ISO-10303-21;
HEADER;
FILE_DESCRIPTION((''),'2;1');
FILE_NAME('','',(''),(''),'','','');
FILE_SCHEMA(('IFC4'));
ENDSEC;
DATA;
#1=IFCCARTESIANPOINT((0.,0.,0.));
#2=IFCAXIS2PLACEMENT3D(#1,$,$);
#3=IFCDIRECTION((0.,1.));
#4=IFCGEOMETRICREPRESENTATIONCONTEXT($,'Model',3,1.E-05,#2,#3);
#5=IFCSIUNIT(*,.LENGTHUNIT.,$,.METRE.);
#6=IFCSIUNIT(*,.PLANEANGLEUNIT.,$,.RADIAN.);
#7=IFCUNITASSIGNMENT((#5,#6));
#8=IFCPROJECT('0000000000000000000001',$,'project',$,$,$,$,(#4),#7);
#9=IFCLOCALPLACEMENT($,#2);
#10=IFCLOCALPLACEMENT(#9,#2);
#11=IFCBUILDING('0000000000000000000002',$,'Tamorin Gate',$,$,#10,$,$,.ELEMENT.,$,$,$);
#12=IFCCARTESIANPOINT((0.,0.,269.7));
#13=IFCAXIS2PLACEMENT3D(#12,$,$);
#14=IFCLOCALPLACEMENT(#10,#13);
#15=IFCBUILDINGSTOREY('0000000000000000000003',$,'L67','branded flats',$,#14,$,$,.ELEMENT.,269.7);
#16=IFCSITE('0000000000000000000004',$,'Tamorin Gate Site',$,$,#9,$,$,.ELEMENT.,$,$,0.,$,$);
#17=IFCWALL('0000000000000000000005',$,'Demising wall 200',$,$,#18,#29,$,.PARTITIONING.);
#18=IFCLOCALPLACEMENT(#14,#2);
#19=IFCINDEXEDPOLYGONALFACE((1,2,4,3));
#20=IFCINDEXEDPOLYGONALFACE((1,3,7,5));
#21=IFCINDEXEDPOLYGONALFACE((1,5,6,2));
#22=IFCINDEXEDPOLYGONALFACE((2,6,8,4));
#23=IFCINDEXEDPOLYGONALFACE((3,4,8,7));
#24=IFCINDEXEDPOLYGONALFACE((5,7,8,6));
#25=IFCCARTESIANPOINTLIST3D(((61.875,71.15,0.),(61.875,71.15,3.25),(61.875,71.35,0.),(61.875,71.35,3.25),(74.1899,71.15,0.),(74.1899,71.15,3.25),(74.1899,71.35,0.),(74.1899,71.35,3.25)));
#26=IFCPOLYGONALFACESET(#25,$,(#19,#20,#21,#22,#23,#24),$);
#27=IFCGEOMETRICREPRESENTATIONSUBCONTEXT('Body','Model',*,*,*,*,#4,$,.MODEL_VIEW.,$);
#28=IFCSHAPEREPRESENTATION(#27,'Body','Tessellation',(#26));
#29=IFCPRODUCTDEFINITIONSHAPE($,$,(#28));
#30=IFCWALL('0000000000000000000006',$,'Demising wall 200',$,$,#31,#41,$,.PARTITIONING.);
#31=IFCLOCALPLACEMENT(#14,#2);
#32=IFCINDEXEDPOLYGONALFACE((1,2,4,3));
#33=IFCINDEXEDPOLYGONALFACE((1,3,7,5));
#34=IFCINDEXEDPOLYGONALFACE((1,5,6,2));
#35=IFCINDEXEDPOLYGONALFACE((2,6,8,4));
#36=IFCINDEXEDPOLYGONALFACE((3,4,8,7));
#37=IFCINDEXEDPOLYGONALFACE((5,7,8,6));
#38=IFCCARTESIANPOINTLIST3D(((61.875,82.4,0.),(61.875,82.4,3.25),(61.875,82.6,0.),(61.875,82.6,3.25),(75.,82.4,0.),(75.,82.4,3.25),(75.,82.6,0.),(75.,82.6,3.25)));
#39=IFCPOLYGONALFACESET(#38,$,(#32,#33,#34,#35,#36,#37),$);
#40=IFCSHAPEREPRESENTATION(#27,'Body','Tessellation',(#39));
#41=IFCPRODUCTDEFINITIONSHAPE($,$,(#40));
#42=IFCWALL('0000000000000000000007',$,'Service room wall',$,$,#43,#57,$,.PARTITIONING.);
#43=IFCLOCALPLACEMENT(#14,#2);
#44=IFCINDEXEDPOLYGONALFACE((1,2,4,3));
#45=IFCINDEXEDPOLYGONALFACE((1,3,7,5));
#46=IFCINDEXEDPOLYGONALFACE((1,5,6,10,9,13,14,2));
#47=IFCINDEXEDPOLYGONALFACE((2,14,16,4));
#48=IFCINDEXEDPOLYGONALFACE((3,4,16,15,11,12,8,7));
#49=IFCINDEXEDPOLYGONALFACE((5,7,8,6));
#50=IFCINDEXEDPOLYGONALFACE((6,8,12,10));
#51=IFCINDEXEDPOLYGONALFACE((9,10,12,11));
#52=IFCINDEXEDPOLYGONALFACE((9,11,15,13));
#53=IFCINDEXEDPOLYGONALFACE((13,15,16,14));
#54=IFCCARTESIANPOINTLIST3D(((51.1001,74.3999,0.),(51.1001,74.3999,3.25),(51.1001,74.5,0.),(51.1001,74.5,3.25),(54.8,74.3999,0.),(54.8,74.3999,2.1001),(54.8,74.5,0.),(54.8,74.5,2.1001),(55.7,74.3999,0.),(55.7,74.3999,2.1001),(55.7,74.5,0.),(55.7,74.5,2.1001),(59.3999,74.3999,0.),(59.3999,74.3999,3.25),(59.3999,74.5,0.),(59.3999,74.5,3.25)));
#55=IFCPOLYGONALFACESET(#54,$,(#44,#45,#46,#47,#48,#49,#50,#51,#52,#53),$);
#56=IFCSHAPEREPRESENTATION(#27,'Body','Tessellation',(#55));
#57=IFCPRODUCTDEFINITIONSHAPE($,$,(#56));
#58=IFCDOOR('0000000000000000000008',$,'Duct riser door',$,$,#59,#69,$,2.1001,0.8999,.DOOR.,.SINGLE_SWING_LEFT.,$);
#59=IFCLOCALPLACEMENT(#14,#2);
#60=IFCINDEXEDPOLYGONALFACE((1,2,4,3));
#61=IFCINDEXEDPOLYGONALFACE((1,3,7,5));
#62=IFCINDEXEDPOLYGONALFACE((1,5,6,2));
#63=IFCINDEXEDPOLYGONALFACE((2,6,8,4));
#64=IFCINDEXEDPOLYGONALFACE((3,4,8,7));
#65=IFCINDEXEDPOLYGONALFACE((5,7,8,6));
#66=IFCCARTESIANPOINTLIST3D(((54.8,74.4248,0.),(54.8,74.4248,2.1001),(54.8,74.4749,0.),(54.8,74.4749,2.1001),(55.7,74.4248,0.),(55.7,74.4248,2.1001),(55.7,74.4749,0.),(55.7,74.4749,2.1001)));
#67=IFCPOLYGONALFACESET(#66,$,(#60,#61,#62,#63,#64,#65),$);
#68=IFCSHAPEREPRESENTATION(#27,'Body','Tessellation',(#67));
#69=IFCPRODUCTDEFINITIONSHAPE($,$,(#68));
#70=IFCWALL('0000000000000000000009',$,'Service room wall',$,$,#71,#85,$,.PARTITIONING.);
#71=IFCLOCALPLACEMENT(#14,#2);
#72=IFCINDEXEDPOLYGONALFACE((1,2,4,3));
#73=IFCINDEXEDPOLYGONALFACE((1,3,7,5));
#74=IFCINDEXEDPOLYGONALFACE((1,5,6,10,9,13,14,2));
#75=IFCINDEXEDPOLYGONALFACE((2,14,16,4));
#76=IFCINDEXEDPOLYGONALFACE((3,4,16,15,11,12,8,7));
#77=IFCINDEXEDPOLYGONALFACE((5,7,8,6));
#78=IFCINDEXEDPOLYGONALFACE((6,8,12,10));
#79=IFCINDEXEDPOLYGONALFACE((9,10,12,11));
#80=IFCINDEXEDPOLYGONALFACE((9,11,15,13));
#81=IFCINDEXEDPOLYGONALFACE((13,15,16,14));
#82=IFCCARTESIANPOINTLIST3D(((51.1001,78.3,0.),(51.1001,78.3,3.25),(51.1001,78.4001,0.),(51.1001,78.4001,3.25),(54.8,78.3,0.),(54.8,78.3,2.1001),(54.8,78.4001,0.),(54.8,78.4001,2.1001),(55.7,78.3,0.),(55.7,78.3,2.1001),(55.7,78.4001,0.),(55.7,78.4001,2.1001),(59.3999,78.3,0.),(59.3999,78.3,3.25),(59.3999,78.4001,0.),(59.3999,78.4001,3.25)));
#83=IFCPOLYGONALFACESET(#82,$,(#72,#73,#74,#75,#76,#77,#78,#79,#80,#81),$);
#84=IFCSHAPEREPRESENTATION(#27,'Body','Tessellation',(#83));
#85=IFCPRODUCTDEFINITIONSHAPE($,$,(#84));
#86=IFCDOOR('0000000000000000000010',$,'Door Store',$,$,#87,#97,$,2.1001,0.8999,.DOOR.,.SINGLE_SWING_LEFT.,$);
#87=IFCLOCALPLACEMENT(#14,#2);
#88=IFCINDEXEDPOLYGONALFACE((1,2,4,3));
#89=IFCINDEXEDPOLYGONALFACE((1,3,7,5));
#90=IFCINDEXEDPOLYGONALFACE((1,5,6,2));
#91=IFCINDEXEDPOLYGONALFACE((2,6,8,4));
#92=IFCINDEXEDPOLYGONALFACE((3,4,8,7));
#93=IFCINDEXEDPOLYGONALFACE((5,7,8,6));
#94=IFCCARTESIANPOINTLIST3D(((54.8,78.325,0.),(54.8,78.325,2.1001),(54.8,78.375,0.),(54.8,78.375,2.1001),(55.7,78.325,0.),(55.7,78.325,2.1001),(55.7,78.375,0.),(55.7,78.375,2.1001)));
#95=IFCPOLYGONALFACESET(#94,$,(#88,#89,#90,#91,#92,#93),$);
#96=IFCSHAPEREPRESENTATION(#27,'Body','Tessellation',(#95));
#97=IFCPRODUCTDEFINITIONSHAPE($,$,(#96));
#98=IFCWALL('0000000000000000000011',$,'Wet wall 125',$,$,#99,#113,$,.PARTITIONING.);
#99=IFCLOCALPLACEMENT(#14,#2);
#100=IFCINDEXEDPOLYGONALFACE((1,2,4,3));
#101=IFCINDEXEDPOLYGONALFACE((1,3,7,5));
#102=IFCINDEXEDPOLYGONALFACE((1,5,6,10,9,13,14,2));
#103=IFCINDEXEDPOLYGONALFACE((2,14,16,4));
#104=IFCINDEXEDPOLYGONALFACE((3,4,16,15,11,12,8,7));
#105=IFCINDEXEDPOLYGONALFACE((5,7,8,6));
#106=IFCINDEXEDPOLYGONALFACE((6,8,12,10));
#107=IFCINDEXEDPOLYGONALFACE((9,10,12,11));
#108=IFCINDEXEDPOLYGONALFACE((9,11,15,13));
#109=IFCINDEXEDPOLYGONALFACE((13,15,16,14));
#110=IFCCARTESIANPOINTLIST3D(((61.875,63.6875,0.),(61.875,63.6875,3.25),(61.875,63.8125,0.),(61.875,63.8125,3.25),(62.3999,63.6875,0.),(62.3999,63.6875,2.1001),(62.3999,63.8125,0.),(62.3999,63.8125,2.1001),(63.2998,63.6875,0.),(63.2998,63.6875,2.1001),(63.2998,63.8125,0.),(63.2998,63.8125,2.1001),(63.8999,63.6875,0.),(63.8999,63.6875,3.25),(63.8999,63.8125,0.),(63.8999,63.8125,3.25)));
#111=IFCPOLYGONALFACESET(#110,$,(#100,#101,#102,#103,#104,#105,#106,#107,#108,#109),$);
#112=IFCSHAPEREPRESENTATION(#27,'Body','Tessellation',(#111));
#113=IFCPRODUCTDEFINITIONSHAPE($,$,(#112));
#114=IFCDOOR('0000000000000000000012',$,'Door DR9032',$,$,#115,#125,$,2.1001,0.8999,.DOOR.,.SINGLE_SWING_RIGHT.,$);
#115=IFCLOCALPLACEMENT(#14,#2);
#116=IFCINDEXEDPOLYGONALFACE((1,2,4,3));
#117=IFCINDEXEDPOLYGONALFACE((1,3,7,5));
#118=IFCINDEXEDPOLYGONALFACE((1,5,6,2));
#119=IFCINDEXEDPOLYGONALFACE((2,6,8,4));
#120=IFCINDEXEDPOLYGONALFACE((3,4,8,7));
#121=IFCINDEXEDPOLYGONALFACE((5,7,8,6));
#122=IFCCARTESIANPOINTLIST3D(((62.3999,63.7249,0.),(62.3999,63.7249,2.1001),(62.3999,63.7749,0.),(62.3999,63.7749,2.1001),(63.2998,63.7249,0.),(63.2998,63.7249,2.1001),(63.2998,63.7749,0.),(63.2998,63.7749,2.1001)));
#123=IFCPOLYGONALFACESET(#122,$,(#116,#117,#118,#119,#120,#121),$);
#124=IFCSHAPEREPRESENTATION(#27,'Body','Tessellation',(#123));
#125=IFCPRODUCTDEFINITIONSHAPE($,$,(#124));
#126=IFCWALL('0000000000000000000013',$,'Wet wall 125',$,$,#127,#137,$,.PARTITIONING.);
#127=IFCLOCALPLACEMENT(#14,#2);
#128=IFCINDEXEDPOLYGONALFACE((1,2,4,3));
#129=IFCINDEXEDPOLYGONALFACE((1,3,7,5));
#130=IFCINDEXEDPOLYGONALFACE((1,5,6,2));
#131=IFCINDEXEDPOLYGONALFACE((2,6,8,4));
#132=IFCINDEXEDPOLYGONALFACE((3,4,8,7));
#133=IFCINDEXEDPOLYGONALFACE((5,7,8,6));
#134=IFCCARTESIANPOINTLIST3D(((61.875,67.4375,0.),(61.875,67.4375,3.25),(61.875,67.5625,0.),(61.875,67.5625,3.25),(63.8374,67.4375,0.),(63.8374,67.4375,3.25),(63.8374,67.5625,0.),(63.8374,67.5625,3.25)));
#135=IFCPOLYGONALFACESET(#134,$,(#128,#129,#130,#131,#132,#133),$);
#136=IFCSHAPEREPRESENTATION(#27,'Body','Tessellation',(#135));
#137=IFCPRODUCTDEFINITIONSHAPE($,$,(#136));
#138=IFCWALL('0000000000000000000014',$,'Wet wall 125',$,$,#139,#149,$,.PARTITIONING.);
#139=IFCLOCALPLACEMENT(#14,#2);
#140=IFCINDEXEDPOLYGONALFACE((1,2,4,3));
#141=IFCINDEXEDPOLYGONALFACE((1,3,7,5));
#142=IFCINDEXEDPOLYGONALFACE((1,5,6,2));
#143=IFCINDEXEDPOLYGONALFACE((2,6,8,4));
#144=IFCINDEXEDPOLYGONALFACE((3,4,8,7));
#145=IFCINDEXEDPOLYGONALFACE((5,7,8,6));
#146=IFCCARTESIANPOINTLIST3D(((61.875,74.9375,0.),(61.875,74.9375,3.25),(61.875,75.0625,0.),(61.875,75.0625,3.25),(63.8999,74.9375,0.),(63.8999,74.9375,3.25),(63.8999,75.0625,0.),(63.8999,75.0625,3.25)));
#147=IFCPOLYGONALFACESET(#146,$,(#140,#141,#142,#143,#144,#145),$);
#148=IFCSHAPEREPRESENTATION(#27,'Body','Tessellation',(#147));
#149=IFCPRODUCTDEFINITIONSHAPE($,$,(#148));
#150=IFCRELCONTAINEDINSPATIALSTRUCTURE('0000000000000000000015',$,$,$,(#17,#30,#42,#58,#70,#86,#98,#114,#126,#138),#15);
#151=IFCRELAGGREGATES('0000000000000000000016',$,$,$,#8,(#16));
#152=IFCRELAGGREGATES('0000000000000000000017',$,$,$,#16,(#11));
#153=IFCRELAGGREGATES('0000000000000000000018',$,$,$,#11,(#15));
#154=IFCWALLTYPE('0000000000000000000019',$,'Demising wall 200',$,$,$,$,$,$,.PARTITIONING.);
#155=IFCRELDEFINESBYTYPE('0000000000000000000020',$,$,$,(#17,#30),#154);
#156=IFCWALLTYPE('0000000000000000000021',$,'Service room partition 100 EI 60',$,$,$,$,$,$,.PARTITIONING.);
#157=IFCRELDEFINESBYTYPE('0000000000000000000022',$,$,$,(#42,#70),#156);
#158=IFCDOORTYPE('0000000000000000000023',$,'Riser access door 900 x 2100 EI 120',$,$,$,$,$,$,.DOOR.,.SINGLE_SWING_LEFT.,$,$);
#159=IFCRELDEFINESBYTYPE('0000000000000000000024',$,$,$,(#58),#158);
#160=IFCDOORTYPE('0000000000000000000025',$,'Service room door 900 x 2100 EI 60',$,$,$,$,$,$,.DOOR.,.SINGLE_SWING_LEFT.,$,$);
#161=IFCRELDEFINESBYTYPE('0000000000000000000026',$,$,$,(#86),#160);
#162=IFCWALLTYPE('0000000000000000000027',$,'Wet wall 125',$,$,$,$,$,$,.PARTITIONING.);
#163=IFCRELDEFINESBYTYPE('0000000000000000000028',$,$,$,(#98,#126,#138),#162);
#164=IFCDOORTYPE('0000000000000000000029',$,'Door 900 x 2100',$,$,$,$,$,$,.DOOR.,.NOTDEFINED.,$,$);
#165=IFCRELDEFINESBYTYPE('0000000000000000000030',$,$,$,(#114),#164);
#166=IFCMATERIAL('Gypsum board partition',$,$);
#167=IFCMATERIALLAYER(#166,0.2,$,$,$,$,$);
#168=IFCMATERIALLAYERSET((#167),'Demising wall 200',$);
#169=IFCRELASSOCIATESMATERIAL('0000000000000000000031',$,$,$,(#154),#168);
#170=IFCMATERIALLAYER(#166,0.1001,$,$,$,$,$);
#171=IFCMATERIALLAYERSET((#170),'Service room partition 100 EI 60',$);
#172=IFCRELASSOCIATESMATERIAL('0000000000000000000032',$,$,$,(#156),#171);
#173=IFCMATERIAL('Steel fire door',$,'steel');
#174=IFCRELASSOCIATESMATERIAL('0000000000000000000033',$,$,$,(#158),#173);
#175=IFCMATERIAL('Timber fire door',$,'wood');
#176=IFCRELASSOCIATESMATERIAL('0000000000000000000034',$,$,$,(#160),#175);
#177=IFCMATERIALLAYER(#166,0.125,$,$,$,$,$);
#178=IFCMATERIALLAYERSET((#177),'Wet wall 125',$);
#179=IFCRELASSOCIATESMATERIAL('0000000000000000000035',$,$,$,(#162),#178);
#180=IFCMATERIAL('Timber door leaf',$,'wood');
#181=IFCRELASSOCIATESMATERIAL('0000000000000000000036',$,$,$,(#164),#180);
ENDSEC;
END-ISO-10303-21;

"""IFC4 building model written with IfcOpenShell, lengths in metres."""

from ifc_helpers import new_model, si_unit, direction, frame, frame_2d, origin, place, context, subcontext, project, spatial, rectangle, extrude, material, layer, layer_set, type_object, element, fill, save


model = new_model("IFC4")

# Units and contexts
model_context = context("Model", 3, precision=1e-05, world=origin(), true_north=direction((0.0, 1.0)))
body_context = subcontext(model_context, "Body", "Model", "MODEL_VIEW")
ifc_project = project(units=[si_unit("LENGTHUNIT", "METRE"), si_unit("PLANEANGLEUNIT", "RADIAN")], contexts=[model_context])

# Site, building, storey
site_placement = place(None, origin())
site = spatial("IfcSite", under=ifc_project, at=site_placement, Name="Tamorin Gate Site", CompositionType="ELEMENT", RefElevation=0.0)
building_placement = place(site_placement, origin())
building = spatial("IfcBuilding", under=site, at=building_placement, Name="Tamorin Gate", CompositionType="ELEMENT")
storey_placement = place(building_placement, frame((0.0, 0.0, 269.7)))
storey = spatial("IfcBuildingStorey", under=building, at=storey_placement, Name="L67", Description="branded flats", CompositionType="ELEMENT", Elevation=269.7)

# Walls
ifc_material_1 = material(Name="Gypsum board partition")
ifc_layer_1 = layer(ifc_material_1, 0.2)
ifc_layer_set_1 = layer_set([ifc_layer_1], Name="Demising wall 200")
wall_type_1 = type_object("IfcWallType", Name="Demising wall 200", PredefinedType="PARTITIONING", material=ifc_layer_set_1)
wall_1_placement = place(storey_placement, frame((61.875, 71.25, 0.0), z_axis=(0.0, 0.0, 1.0), x_axis=(1.0, 0.0, 0.0)))
element("IfcWall", 1, at=wall_1_placement, inside=storey, type_object=wall_type_1, Name="Demising wall 200", PredefinedType="PARTITIONING", context=body_context, shape_type="SweptSolid", body=[
    extrude(rectangle(XDim=12.3149, YDim=0.2, at=frame_2d((6.1575, 0.0))), origin(), (0.0, 0.0, 1.0), 3.25),
])
wall_2_placement = place(storey_placement, frame((61.875, 82.5, 0.0), z_axis=(0.0, 0.0, 1.0), x_axis=(1.0, 0.0, 0.0)))
element("IfcWall", 2, at=wall_2_placement, inside=storey, type_object=wall_type_1, Name="Demising wall 200", PredefinedType="PARTITIONING", context=body_context, shape_type="SweptSolid", body=[
    extrude(rectangle(XDim=13.125, YDim=0.2, at=frame_2d((6.5625, 0.0))), origin(), (0.0, 0.0, 1.0), 3.25),
])

# Walls, openings, doors
ifc_layer_2 = layer(ifc_material_1, 0.1001)
ifc_layer_set_2 = layer_set([ifc_layer_2], Name="Service room partition 100 EI 60")
wall_type_2 = type_object("IfcWallType", Name="Service room partition 100 EI 60", PredefinedType="PARTITIONING", material=ifc_layer_set_2)
wall_3_placement = place(storey_placement, frame((51.1001, 74.45, 0.0), z_axis=(0.0, 0.0, 1.0), x_axis=(1.0, 0.0, 0.0)))
wall_3 = element("IfcWall", 3, at=wall_3_placement, inside=storey, type_object=wall_type_2, Name="Service room wall", PredefinedType="PARTITIONING", context=body_context, shape_type="SweptSolid", body=[
    extrude(rectangle(XDim=8.2998, YDim=0.1001, at=frame_2d((4.1499, 0.0))), origin(), (0.0, 0.0, 1.0), 3.25),
])
opening_1_placement = place(wall_3_placement, frame((3.7, 0.0, 0.0)))
opening_1 = element("IfcOpeningElement", 4, at=opening_1_placement, cuts=wall_3, PredefinedType="OPENING", context=body_context, shape_type="SweptSolid", body=[
    extrude(rectangle(XDim=0.8999, YDim=2.1001, at=frame_2d((0.45, 1.05))), frame((0.0, 0.0601, 0.0), z_axis=(0.0, -1.0, 0.0), x_axis=(1.0, 0.0, 0.0)), (0.0, 0.0, 1.0), 0.1201),
])
ifc_material_2 = material(Name="Steel fire door", Category="steel")
door_type_1 = type_object("IfcDoorType", Name="Riser access door 900 x 2100 EI 120", OperationType="SINGLE_SWING_LEFT", PredefinedType="DOOR", material=ifc_material_2)
door_1_placement = place(opening_1_placement, origin())
door_1 = element("IfcDoor", 5, at=door_1_placement, inside=storey, type_object=door_type_1, Name="Duct riser door", OperationType="SINGLE_SWING_LEFT", OverallHeight=2.1001, OverallWidth=0.8999, PredefinedType="DOOR", context=body_context, shape_type="SweptSolid", body=[
    extrude(rectangle(XDim=0.8999, YDim=2.1001, at=frame_2d((0.45, 1.05))), frame((0.0, 0.0249, 0.0), z_axis=(0.0, -1.0, 0.0), x_axis=(1.0, 0.0, 0.0)), (0.0, 0.0, 1.0), 0.05),
])
fill(opening_1, door_1)
wall_4_placement = place(storey_placement, frame((51.1001, 78.3501, 0.0), z_axis=(0.0, 0.0, 1.0), x_axis=(1.0, 0.0, 0.0)))
wall_4 = element("IfcWall", 6, at=wall_4_placement, inside=storey, type_object=wall_type_2, Name="Service room wall", PredefinedType="PARTITIONING", context=body_context, shape_type="SweptSolid", body=[
    extrude(rectangle(XDim=8.2998, YDim=0.1001, at=frame_2d((4.1499, 0.0))), origin(), (0.0, 0.0, 1.0), 3.25),
])
opening_2_placement = place(wall_4_placement, frame((3.7, 0.0, 0.0)))
opening_2 = element("IfcOpeningElement", 7, at=opening_2_placement, cuts=wall_4, PredefinedType="OPENING", context=body_context, shape_type="SweptSolid", body=[
    extrude(rectangle(XDim=0.8999, YDim=2.1001, at=frame_2d((0.45, 1.05))), frame((0.0, 0.0601, 0.0), z_axis=(0.0, -1.0, 0.0), x_axis=(1.0, 0.0, 0.0)), (0.0, 0.0, 1.0), 0.1201),
])
ifc_material_3 = material(Name="Timber fire door", Category="wood")
door_type_2 = type_object("IfcDoorType", Name="Service room door 900 x 2100 EI 60", OperationType="SINGLE_SWING_LEFT", PredefinedType="DOOR", material=ifc_material_3)
door_2_placement = place(opening_2_placement, origin())
door_2 = element("IfcDoor", 8, at=door_2_placement, inside=storey, type_object=door_type_2, Name="Door Store", OperationType="SINGLE_SWING_LEFT", OverallHeight=2.1001, OverallWidth=0.8999, PredefinedType="DOOR", context=body_context, shape_type="SweptSolid", body=[
    extrude(rectangle(XDim=0.8999, YDim=2.1001, at=frame_2d((0.45, 1.05))), frame((0.0, 0.0249, 0.0), z_axis=(0.0, -1.0, 0.0), x_axis=(1.0, 0.0, 0.0)), (0.0, 0.0, 1.0), 0.05),
])
fill(opening_2, door_2)
ifc_layer_3 = layer(ifc_material_1, 0.125)
ifc_layer_set_3 = layer_set([ifc_layer_3], Name="Wet wall 125")
wall_type_3 = type_object("IfcWallType", Name="Wet wall 125", PredefinedType="PARTITIONING", material=ifc_layer_set_3)
wall_5_placement = place(storey_placement, frame((61.875, 63.75, 0.0), z_axis=(0.0, 0.0, 1.0), x_axis=(1.0, 0.0, 0.0)))
wall_5 = element("IfcWall", 9, at=wall_5_placement, inside=storey, type_object=wall_type_3, Name="Wet wall 125", PredefinedType="PARTITIONING", context=body_context, shape_type="SweptSolid", body=[
    extrude(rectangle(XDim=2.0249, YDim=0.125, at=frame_2d((1.0125, 0.0))), origin(), (0.0, 0.0, 1.0), 3.25),
])
opening_3_placement = place(wall_5_placement, frame((0.5249, 0.0, 0.0)))
opening_3 = element("IfcOpeningElement", 10, at=opening_3_placement, cuts=wall_5, PredefinedType="OPENING", context=body_context, shape_type="SweptSolid", body=[
    extrude(rectangle(XDim=0.8999, YDim=2.1001, at=frame_2d((0.45, 1.05))), frame((0.0, 0.0725, 0.0), z_axis=(0.0, -1.0, 0.0), x_axis=(1.0, 0.0, 0.0)), (0.0, 0.0, 1.0), 0.145),
])
ifc_material_4 = material(Name="Timber door leaf", Category="wood")
door_type_3 = type_object("IfcDoorType", Name="Door 900 x 2100", OperationType="NOTDEFINED", PredefinedType="DOOR", material=ifc_material_4)
door_3_placement = place(opening_3_placement, origin())
door_3 = element("IfcDoor", 11, at=door_3_placement, inside=storey, type_object=door_type_3, Name="Door DR9032", OperationType="SINGLE_SWING_RIGHT", OverallHeight=2.1001, OverallWidth=0.8999, PredefinedType="DOOR", context=body_context, shape_type="SweptSolid", body=[
    extrude(rectangle(XDim=0.8999, YDim=2.1001, at=frame_2d((0.45, 1.05))), frame((0.0, 0.0249, 0.0), z_axis=(0.0, -1.0, 0.0), x_axis=(1.0, 0.0, 0.0)), (0.0, 0.0, 1.0), 0.05),
])
fill(opening_3, door_3)

# Walls
wall_6_placement = place(storey_placement, frame((61.875, 67.5, 0.0), z_axis=(0.0, 0.0, 1.0), x_axis=(1.0, 0.0, 0.0)))
element("IfcWall", 12, at=wall_6_placement, inside=storey, type_object=wall_type_3, Name="Wet wall 125", PredefinedType="PARTITIONING", context=body_context, shape_type="SweptSolid", body=[
    extrude(rectangle(XDim=1.9624, YDim=0.125, at=frame_2d((0.9812, 0.0))), origin(), (0.0, 0.0, 1.0), 3.25),
])
wall_7_placement = place(storey_placement, frame((61.875, 75.0, 0.0), z_axis=(0.0, 0.0, 1.0), x_axis=(1.0, 0.0, 0.0)))
element("IfcWall", 13, at=wall_7_placement, inside=storey, type_object=wall_type_3, Name="Wet wall 125", PredefinedType="PARTITIONING", context=body_context, shape_type="SweptSolid", body=[
    extrude(rectangle(XDim=2.0249, YDim=0.125, at=frame_2d((1.0125, 0.0))), origin(), (0.0, 0.0, 1.0), 3.25),
])

save(model, "model.ifc")
